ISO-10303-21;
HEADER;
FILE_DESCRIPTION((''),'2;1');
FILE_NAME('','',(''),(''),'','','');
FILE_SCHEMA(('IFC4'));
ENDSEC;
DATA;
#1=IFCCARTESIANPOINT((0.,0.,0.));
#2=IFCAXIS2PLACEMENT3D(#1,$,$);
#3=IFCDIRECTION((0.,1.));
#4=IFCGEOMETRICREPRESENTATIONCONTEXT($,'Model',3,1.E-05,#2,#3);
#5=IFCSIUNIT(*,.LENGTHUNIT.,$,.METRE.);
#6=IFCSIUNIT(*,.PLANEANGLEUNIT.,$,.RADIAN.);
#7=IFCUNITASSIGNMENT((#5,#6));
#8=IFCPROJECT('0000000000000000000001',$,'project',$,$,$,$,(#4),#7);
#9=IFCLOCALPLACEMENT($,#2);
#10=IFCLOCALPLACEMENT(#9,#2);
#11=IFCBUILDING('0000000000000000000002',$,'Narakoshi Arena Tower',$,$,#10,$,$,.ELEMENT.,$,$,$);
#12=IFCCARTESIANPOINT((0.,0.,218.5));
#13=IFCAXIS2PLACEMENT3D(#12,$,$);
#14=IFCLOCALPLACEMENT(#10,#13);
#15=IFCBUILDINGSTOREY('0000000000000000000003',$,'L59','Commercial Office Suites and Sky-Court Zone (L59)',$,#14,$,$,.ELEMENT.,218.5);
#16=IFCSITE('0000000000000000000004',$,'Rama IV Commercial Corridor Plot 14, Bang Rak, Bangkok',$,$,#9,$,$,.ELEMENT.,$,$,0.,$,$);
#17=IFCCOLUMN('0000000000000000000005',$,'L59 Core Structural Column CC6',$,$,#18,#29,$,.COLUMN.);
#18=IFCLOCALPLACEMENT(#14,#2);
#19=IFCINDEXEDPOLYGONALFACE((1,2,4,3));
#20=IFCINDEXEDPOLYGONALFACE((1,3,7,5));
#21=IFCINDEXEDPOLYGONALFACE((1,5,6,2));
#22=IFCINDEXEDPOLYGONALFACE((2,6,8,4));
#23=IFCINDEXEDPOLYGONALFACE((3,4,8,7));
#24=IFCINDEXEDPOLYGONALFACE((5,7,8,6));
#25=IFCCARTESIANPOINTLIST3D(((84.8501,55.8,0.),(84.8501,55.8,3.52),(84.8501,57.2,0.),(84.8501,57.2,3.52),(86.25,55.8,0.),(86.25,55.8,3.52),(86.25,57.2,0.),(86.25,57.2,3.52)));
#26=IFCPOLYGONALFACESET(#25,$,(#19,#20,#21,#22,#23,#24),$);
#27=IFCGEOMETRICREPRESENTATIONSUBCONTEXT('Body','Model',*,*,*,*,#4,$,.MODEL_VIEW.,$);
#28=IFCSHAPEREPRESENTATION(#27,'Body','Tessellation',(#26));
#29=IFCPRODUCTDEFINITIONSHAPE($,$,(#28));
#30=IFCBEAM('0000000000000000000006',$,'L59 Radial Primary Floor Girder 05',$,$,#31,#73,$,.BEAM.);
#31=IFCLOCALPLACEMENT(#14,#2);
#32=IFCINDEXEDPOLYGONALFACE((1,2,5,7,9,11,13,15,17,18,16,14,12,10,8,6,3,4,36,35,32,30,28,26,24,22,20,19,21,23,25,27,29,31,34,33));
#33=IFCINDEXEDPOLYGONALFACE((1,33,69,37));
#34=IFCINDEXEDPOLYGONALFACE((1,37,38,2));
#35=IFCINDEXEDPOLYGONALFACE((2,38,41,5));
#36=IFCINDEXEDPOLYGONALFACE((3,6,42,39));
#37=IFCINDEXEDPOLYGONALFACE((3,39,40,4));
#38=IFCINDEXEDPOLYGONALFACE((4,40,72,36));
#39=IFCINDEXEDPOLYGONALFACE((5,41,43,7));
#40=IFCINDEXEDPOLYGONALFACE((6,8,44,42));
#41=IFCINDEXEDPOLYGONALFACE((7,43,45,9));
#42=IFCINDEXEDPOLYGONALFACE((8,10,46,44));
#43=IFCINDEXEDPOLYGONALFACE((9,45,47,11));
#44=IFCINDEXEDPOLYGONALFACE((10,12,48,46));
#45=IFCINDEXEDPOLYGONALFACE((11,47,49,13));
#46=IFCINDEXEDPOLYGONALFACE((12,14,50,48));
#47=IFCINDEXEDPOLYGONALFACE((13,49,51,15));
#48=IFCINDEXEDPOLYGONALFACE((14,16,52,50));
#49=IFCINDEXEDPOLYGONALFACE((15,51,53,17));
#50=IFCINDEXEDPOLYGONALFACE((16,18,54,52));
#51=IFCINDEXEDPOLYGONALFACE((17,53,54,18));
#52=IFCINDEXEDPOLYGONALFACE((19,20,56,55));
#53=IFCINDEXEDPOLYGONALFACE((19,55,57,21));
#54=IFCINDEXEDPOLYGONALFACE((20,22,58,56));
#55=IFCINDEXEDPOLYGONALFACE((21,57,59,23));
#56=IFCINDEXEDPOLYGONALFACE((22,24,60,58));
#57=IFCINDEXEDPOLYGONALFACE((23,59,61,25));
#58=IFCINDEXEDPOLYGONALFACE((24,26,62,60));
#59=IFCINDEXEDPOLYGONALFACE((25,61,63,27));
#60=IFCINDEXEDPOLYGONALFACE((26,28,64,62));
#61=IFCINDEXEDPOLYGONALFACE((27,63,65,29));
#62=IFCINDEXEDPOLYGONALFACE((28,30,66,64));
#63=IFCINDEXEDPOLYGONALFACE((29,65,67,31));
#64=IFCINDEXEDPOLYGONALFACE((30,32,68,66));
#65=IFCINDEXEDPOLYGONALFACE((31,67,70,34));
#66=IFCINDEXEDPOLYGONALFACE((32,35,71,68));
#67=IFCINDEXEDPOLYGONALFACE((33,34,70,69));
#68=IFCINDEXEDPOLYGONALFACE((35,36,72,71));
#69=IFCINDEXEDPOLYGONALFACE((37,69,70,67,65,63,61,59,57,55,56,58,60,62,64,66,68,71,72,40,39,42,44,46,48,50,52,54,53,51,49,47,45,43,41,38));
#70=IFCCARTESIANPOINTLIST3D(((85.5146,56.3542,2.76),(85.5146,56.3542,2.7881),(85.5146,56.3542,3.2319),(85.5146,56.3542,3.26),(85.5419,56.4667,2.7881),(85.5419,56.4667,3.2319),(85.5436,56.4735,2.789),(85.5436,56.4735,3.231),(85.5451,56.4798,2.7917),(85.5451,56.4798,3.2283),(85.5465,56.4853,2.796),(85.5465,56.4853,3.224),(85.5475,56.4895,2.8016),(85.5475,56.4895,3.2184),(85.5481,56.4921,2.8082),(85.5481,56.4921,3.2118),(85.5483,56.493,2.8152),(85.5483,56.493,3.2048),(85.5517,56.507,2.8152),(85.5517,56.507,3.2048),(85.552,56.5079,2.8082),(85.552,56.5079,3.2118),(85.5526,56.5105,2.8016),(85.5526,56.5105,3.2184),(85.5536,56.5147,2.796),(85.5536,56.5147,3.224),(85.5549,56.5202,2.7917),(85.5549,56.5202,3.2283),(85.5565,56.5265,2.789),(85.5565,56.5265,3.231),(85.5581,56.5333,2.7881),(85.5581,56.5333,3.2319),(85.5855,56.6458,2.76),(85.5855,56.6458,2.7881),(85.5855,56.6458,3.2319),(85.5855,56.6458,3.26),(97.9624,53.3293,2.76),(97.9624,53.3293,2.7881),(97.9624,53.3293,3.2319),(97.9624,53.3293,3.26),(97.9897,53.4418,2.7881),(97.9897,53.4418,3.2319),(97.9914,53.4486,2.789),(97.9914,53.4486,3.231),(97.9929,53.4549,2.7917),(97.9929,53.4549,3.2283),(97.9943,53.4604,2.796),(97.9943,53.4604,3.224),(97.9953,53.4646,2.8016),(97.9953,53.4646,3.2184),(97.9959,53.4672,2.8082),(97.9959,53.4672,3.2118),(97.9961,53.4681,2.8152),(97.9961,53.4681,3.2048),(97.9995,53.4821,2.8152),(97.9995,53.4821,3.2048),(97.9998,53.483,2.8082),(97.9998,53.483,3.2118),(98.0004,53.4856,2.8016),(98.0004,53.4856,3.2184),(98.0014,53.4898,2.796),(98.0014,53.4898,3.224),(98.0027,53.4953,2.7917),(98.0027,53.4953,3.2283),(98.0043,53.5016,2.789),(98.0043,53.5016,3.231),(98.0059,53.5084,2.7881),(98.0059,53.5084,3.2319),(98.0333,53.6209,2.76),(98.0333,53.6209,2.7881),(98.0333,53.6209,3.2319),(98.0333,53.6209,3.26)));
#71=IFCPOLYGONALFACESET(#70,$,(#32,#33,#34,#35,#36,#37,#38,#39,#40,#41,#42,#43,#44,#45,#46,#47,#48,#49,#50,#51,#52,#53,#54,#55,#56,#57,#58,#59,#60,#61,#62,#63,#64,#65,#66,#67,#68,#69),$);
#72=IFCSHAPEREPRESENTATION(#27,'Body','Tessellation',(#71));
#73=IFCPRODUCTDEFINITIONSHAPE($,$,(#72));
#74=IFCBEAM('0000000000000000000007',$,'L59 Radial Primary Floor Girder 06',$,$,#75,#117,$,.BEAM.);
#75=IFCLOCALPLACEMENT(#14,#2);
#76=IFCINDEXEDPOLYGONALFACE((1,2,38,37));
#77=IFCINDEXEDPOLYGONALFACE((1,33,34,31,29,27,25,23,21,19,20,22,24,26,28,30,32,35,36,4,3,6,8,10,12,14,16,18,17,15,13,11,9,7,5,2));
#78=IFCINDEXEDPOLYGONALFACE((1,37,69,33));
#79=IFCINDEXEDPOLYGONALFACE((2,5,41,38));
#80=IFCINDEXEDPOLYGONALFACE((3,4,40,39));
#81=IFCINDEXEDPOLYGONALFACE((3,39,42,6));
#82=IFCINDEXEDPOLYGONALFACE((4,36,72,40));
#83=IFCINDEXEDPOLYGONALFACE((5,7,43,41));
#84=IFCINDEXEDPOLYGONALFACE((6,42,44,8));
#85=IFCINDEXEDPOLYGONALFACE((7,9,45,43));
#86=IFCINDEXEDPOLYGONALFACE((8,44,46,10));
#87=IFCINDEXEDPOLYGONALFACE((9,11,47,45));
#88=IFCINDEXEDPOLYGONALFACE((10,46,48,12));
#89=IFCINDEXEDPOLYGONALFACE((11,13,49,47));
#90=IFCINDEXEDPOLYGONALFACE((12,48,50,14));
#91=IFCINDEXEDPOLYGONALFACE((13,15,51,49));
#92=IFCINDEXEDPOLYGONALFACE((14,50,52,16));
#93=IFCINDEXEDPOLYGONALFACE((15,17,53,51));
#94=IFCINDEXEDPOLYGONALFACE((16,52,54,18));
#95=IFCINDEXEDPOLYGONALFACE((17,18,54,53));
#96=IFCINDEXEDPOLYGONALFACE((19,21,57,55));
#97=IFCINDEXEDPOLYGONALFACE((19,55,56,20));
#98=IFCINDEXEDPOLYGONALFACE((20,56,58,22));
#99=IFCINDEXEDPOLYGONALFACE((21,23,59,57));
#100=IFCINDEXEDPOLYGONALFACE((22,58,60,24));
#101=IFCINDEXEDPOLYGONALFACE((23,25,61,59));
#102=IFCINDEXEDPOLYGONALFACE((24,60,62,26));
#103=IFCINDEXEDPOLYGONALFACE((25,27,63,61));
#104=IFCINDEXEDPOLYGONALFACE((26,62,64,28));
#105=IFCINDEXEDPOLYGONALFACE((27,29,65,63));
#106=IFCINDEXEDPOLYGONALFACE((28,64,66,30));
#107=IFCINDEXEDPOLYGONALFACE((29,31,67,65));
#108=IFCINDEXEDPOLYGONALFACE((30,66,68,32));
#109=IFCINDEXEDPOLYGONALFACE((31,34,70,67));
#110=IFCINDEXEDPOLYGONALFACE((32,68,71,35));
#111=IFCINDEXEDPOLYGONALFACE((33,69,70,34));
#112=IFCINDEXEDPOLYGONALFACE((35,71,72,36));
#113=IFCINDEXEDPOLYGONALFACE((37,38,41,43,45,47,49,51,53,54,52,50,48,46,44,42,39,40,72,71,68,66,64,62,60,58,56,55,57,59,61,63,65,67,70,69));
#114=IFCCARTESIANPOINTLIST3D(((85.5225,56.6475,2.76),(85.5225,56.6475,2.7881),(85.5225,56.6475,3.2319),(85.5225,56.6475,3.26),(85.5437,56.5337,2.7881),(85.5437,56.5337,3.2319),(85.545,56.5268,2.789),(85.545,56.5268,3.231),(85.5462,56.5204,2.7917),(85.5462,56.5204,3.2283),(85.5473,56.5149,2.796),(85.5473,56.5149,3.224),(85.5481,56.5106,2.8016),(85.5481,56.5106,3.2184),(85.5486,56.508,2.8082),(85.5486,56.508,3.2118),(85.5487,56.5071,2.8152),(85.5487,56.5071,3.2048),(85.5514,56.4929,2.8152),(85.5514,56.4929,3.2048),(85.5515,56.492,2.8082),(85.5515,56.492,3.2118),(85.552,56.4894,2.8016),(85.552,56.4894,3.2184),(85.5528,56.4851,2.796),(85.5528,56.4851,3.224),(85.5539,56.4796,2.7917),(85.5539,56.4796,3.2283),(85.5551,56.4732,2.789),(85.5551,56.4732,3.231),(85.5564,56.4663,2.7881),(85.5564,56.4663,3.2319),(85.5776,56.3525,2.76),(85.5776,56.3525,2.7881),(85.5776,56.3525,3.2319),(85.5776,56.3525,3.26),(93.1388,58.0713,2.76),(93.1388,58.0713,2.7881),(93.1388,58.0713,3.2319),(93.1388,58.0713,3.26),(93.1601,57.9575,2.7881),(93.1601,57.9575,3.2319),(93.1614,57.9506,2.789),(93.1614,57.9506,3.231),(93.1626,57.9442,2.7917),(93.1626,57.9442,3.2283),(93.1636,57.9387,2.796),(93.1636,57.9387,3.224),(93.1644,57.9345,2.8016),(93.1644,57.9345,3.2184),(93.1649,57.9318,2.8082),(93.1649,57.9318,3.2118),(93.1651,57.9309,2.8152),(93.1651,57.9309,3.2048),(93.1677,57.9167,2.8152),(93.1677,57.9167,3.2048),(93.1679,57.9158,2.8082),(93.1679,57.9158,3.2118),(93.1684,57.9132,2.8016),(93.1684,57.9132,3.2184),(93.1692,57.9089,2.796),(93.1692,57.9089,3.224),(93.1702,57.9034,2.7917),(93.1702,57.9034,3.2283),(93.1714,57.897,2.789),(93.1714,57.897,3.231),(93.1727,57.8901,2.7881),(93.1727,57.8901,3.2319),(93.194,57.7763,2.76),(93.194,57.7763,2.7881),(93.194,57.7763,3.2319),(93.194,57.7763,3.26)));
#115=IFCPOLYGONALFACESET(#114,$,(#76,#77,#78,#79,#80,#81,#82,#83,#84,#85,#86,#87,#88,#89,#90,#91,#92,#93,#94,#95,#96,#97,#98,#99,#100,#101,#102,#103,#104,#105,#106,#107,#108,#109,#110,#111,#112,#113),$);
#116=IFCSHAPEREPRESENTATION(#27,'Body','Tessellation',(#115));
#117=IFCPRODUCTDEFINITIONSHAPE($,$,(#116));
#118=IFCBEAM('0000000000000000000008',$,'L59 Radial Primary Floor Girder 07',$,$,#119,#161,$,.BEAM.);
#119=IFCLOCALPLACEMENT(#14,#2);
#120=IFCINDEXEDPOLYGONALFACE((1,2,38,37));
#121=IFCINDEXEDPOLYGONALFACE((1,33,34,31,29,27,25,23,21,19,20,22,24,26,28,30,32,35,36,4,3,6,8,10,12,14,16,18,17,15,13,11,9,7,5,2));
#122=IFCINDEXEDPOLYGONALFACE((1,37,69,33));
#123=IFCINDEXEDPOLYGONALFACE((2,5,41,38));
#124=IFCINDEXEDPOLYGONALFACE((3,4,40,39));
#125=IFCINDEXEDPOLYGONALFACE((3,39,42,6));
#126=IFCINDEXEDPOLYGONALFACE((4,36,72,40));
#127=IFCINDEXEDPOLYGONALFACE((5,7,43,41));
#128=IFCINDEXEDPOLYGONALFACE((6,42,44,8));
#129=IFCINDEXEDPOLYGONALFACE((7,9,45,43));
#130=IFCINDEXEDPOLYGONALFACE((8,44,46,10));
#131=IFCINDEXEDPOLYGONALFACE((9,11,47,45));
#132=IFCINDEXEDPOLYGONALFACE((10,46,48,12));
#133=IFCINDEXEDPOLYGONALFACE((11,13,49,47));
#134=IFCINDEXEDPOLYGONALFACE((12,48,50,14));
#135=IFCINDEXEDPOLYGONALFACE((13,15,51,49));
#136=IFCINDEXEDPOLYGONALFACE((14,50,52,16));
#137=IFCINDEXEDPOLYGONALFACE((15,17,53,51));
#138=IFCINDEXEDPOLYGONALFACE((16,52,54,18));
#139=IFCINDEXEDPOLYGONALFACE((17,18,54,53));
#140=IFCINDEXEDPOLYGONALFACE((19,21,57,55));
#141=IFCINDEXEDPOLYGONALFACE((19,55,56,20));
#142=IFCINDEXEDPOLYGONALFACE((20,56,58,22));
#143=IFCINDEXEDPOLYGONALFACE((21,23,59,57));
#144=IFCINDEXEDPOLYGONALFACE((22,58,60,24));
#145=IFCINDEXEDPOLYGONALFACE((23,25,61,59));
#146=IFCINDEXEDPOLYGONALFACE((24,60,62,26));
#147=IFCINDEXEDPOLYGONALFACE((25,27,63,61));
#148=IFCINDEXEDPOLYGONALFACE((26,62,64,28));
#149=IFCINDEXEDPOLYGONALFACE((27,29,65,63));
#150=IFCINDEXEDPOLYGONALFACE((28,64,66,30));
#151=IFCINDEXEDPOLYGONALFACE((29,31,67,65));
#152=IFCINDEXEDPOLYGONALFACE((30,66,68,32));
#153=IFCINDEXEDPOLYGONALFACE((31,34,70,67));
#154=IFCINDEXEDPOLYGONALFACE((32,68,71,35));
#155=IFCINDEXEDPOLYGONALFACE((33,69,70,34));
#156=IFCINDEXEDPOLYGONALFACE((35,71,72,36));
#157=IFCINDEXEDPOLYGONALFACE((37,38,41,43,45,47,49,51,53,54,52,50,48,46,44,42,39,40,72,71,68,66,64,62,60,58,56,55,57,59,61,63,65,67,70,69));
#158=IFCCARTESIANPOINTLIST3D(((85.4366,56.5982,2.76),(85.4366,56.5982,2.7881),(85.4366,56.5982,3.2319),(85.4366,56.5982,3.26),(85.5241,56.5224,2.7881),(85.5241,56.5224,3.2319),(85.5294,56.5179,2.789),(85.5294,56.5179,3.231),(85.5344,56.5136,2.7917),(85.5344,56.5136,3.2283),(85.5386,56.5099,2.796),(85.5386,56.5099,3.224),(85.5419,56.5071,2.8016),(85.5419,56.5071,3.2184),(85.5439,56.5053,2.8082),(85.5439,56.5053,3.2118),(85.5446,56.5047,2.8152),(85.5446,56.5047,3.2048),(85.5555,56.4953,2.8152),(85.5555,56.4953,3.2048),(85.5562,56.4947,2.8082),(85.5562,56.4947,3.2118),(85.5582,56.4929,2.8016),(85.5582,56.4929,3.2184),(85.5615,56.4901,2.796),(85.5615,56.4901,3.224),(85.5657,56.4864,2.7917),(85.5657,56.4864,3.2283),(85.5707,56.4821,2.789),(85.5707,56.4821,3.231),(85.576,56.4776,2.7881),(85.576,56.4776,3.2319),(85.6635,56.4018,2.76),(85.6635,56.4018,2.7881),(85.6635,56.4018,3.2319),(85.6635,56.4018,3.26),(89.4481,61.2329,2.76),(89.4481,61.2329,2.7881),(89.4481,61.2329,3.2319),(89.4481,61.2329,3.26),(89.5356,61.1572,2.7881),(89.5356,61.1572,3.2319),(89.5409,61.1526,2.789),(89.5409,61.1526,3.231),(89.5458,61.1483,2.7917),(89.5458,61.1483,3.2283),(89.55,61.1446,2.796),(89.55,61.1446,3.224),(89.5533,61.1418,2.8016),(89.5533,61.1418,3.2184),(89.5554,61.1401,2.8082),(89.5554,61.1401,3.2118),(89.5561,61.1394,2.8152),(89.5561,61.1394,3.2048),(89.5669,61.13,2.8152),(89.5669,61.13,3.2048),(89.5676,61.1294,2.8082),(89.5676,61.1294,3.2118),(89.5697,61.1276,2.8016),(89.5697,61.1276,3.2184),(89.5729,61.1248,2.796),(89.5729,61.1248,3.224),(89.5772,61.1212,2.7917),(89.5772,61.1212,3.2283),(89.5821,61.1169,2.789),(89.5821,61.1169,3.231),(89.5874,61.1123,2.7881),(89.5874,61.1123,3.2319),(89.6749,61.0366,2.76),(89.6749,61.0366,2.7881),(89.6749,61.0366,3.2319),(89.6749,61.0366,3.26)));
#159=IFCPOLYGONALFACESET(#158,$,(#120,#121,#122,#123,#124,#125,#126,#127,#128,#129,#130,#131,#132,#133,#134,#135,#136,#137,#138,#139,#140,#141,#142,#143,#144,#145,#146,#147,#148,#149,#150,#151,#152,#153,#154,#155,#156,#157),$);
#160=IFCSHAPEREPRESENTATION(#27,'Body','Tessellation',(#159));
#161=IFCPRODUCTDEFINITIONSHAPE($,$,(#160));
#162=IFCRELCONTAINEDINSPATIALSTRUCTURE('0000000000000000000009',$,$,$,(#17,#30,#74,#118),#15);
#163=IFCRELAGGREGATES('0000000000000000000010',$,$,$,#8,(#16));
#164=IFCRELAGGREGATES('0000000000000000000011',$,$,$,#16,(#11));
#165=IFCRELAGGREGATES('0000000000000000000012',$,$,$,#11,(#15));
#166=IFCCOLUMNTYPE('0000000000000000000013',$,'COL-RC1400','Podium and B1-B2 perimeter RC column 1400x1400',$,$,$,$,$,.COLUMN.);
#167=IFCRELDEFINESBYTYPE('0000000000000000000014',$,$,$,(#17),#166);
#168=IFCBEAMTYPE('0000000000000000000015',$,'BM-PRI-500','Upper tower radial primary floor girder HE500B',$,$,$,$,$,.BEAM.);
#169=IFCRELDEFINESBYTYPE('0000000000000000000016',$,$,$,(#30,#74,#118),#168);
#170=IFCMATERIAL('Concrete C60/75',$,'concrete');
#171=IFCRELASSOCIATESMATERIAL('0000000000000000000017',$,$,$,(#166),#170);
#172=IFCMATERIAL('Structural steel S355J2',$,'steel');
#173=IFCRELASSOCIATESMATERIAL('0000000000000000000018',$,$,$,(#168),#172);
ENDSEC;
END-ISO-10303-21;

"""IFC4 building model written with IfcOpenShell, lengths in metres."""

from ifc_helpers import new_model, si_unit, direction, frame, origin, origin_2d, place, context, subcontext, project, spatial, rectangle, i_section, extrude, material, material_profile, profile_set, type_object, element, save


model = new_model("IFC4")

# Units and contexts
model_context = context("Model", 3, precision=1e-05, world=origin(), true_north=direction((0.0, 1.0)))
body_context = subcontext(model_context, "Body", "Model", "MODEL_VIEW")
ifc_project = project(units=[si_unit("LENGTHUNIT", "METRE"), si_unit("PLANEANGLEUNIT", "RADIAN")], contexts=[model_context])

# Site, building, storey
site_placement = place(None, origin())
site = spatial("IfcSite", under=ifc_project, at=site_placement, Name="Rama IV Commercial Corridor Plot 14, Bang Rak, Bangkok", CompositionType="ELEMENT", RefElevation=0.0)
building_placement = place(site_placement, origin())
building = spatial("IfcBuilding", under=site, at=building_placement, Name="Narakoshi Arena Tower", CompositionType="ELEMENT")
storey_placement = place(building_placement, frame((0.0, 0.0, 218.5)))
storey = spatial("IfcBuildingStorey", under=building, at=storey_placement, Name="L59", Description="Commercial Office Suites and Sky-Court Zone (L59)", CompositionType="ELEMENT", Elevation=218.5)

# Column
ifc_material_1 = material(Name="Concrete C60/75", Category="concrete")
ifc_material_profile_1 = material_profile(ifc_material_1, rectangle(XDim=1.3999, YDim=1.3999, at=origin_2d()), Name="RC1400x1400")
ifc_profile_set_1 = profile_set([ifc_material_profile_1], Name="Concrete C60/75")
column_type = type_object("IfcColumnType", Name="COL-RC1400", Description="Podium and B1-B2 perimeter RC column 1400x1400", PredefinedType="COLUMN", material=ifc_profile_set_1)
column_placement = place(storey_placement, frame((85.55, 56.5, 0.0), z_axis=(0.0, 0.0, 1.0), x_axis=(1.0, 0.0, 0.0)))
element("IfcColumn", 1, at=column_placement, inside=storey, type_object=column_type, Name="L59 Core Structural Column CC6", PredefinedType="COLUMN", context=body_context, shape_type="SweptSolid", body=[
    extrude(rectangle(XDim=1.3999, YDim=1.3999, at=origin_2d()), origin(), (0.0, 0.0, 1.0), 3.52),
])

# Beams
ifc_material_2 = material(Name="Structural steel S355J2", Category="steel")
ifc_material_profile_2 = material_profile(ifc_material_2, i_section(OverallWidth=0.3, OverallDepth=0.5, WebThickness=0.0144, FlangeThickness=0.0281, FilletRadius=0.0271, at=origin_2d()), Name="HE500B")
ifc_profile_set_2 = profile_set([ifc_material_profile_2], Name="Structural steel S355J2")
beam_type = type_object("IfcBeamType", Name="BM-PRI-500", Description="Upper tower radial primary floor girder HE500B", PredefinedType="BEAM", material=ifc_profile_set_2)
beam_1_placement = place(storey_placement, frame((85.55, 56.5, 3.01), z_axis=(0.97172, -0.236136, 0.0), x_axis=(0.236136, 0.97172, 0.0)))
element("IfcBeam", 2, at=beam_1_placement, inside=storey, type_object=beam_type, Name="L59 Radial Primary Floor Girder 05", PredefinedType="BEAM", context=body_context, shape_type="SweptSolid", body=[
    extrude(i_section(OverallWidth=0.3, OverallDepth=0.5, WebThickness=0.0144, FlangeThickness=0.0281, FilletRadius=0.0271, at=origin_2d()), origin(), (0.0, 0.0, 1.0), 12.8101),
])
beam_2_placement = place(storey_placement, frame((85.55, 56.5, 3.01), z_axis=(0.982972, 0.183758, 0.0), x_axis=(-0.183758, 0.982972, 0.0)))
element("IfcBeam", 3, at=beam_2_placement, inside=storey, type_object=beam_type, Name="L59 Radial Primary Floor Girder 06", PredefinedType="BEAM", context=body_context, shape_type="SweptSolid", body=[
    extrude(i_section(OverallWidth=0.3, OverallDepth=0.5, WebThickness=0.0144, FlangeThickness=0.0281, FilletRadius=0.0271, at=origin_2d()), origin(), (0.0, 0.0, 1.0), 7.7483),
])
beam_3_placement = place(storey_placement, frame((85.55, 56.5, 3.01), z_axis=(0.654435, 0.756119, 0.0), x_axis=(-0.756119, 0.654435, 0.0)))
element("IfcBeam", 4, at=beam_3_placement, inside=storey, type_object=beam_type, Name="L59 Radial Primary Floor Girder 07", PredefinedType="BEAM", context=body_context, shape_type="SweptSolid", body=[
    extrude(i_section(OverallWidth=0.3, OverallDepth=0.5, WebThickness=0.0144, FlangeThickness=0.0281, FilletRadius=0.0271, at=origin_2d()), origin(), (0.0, 0.0, 1.0), 6.1296),
])

save(model, "model.ifc")
